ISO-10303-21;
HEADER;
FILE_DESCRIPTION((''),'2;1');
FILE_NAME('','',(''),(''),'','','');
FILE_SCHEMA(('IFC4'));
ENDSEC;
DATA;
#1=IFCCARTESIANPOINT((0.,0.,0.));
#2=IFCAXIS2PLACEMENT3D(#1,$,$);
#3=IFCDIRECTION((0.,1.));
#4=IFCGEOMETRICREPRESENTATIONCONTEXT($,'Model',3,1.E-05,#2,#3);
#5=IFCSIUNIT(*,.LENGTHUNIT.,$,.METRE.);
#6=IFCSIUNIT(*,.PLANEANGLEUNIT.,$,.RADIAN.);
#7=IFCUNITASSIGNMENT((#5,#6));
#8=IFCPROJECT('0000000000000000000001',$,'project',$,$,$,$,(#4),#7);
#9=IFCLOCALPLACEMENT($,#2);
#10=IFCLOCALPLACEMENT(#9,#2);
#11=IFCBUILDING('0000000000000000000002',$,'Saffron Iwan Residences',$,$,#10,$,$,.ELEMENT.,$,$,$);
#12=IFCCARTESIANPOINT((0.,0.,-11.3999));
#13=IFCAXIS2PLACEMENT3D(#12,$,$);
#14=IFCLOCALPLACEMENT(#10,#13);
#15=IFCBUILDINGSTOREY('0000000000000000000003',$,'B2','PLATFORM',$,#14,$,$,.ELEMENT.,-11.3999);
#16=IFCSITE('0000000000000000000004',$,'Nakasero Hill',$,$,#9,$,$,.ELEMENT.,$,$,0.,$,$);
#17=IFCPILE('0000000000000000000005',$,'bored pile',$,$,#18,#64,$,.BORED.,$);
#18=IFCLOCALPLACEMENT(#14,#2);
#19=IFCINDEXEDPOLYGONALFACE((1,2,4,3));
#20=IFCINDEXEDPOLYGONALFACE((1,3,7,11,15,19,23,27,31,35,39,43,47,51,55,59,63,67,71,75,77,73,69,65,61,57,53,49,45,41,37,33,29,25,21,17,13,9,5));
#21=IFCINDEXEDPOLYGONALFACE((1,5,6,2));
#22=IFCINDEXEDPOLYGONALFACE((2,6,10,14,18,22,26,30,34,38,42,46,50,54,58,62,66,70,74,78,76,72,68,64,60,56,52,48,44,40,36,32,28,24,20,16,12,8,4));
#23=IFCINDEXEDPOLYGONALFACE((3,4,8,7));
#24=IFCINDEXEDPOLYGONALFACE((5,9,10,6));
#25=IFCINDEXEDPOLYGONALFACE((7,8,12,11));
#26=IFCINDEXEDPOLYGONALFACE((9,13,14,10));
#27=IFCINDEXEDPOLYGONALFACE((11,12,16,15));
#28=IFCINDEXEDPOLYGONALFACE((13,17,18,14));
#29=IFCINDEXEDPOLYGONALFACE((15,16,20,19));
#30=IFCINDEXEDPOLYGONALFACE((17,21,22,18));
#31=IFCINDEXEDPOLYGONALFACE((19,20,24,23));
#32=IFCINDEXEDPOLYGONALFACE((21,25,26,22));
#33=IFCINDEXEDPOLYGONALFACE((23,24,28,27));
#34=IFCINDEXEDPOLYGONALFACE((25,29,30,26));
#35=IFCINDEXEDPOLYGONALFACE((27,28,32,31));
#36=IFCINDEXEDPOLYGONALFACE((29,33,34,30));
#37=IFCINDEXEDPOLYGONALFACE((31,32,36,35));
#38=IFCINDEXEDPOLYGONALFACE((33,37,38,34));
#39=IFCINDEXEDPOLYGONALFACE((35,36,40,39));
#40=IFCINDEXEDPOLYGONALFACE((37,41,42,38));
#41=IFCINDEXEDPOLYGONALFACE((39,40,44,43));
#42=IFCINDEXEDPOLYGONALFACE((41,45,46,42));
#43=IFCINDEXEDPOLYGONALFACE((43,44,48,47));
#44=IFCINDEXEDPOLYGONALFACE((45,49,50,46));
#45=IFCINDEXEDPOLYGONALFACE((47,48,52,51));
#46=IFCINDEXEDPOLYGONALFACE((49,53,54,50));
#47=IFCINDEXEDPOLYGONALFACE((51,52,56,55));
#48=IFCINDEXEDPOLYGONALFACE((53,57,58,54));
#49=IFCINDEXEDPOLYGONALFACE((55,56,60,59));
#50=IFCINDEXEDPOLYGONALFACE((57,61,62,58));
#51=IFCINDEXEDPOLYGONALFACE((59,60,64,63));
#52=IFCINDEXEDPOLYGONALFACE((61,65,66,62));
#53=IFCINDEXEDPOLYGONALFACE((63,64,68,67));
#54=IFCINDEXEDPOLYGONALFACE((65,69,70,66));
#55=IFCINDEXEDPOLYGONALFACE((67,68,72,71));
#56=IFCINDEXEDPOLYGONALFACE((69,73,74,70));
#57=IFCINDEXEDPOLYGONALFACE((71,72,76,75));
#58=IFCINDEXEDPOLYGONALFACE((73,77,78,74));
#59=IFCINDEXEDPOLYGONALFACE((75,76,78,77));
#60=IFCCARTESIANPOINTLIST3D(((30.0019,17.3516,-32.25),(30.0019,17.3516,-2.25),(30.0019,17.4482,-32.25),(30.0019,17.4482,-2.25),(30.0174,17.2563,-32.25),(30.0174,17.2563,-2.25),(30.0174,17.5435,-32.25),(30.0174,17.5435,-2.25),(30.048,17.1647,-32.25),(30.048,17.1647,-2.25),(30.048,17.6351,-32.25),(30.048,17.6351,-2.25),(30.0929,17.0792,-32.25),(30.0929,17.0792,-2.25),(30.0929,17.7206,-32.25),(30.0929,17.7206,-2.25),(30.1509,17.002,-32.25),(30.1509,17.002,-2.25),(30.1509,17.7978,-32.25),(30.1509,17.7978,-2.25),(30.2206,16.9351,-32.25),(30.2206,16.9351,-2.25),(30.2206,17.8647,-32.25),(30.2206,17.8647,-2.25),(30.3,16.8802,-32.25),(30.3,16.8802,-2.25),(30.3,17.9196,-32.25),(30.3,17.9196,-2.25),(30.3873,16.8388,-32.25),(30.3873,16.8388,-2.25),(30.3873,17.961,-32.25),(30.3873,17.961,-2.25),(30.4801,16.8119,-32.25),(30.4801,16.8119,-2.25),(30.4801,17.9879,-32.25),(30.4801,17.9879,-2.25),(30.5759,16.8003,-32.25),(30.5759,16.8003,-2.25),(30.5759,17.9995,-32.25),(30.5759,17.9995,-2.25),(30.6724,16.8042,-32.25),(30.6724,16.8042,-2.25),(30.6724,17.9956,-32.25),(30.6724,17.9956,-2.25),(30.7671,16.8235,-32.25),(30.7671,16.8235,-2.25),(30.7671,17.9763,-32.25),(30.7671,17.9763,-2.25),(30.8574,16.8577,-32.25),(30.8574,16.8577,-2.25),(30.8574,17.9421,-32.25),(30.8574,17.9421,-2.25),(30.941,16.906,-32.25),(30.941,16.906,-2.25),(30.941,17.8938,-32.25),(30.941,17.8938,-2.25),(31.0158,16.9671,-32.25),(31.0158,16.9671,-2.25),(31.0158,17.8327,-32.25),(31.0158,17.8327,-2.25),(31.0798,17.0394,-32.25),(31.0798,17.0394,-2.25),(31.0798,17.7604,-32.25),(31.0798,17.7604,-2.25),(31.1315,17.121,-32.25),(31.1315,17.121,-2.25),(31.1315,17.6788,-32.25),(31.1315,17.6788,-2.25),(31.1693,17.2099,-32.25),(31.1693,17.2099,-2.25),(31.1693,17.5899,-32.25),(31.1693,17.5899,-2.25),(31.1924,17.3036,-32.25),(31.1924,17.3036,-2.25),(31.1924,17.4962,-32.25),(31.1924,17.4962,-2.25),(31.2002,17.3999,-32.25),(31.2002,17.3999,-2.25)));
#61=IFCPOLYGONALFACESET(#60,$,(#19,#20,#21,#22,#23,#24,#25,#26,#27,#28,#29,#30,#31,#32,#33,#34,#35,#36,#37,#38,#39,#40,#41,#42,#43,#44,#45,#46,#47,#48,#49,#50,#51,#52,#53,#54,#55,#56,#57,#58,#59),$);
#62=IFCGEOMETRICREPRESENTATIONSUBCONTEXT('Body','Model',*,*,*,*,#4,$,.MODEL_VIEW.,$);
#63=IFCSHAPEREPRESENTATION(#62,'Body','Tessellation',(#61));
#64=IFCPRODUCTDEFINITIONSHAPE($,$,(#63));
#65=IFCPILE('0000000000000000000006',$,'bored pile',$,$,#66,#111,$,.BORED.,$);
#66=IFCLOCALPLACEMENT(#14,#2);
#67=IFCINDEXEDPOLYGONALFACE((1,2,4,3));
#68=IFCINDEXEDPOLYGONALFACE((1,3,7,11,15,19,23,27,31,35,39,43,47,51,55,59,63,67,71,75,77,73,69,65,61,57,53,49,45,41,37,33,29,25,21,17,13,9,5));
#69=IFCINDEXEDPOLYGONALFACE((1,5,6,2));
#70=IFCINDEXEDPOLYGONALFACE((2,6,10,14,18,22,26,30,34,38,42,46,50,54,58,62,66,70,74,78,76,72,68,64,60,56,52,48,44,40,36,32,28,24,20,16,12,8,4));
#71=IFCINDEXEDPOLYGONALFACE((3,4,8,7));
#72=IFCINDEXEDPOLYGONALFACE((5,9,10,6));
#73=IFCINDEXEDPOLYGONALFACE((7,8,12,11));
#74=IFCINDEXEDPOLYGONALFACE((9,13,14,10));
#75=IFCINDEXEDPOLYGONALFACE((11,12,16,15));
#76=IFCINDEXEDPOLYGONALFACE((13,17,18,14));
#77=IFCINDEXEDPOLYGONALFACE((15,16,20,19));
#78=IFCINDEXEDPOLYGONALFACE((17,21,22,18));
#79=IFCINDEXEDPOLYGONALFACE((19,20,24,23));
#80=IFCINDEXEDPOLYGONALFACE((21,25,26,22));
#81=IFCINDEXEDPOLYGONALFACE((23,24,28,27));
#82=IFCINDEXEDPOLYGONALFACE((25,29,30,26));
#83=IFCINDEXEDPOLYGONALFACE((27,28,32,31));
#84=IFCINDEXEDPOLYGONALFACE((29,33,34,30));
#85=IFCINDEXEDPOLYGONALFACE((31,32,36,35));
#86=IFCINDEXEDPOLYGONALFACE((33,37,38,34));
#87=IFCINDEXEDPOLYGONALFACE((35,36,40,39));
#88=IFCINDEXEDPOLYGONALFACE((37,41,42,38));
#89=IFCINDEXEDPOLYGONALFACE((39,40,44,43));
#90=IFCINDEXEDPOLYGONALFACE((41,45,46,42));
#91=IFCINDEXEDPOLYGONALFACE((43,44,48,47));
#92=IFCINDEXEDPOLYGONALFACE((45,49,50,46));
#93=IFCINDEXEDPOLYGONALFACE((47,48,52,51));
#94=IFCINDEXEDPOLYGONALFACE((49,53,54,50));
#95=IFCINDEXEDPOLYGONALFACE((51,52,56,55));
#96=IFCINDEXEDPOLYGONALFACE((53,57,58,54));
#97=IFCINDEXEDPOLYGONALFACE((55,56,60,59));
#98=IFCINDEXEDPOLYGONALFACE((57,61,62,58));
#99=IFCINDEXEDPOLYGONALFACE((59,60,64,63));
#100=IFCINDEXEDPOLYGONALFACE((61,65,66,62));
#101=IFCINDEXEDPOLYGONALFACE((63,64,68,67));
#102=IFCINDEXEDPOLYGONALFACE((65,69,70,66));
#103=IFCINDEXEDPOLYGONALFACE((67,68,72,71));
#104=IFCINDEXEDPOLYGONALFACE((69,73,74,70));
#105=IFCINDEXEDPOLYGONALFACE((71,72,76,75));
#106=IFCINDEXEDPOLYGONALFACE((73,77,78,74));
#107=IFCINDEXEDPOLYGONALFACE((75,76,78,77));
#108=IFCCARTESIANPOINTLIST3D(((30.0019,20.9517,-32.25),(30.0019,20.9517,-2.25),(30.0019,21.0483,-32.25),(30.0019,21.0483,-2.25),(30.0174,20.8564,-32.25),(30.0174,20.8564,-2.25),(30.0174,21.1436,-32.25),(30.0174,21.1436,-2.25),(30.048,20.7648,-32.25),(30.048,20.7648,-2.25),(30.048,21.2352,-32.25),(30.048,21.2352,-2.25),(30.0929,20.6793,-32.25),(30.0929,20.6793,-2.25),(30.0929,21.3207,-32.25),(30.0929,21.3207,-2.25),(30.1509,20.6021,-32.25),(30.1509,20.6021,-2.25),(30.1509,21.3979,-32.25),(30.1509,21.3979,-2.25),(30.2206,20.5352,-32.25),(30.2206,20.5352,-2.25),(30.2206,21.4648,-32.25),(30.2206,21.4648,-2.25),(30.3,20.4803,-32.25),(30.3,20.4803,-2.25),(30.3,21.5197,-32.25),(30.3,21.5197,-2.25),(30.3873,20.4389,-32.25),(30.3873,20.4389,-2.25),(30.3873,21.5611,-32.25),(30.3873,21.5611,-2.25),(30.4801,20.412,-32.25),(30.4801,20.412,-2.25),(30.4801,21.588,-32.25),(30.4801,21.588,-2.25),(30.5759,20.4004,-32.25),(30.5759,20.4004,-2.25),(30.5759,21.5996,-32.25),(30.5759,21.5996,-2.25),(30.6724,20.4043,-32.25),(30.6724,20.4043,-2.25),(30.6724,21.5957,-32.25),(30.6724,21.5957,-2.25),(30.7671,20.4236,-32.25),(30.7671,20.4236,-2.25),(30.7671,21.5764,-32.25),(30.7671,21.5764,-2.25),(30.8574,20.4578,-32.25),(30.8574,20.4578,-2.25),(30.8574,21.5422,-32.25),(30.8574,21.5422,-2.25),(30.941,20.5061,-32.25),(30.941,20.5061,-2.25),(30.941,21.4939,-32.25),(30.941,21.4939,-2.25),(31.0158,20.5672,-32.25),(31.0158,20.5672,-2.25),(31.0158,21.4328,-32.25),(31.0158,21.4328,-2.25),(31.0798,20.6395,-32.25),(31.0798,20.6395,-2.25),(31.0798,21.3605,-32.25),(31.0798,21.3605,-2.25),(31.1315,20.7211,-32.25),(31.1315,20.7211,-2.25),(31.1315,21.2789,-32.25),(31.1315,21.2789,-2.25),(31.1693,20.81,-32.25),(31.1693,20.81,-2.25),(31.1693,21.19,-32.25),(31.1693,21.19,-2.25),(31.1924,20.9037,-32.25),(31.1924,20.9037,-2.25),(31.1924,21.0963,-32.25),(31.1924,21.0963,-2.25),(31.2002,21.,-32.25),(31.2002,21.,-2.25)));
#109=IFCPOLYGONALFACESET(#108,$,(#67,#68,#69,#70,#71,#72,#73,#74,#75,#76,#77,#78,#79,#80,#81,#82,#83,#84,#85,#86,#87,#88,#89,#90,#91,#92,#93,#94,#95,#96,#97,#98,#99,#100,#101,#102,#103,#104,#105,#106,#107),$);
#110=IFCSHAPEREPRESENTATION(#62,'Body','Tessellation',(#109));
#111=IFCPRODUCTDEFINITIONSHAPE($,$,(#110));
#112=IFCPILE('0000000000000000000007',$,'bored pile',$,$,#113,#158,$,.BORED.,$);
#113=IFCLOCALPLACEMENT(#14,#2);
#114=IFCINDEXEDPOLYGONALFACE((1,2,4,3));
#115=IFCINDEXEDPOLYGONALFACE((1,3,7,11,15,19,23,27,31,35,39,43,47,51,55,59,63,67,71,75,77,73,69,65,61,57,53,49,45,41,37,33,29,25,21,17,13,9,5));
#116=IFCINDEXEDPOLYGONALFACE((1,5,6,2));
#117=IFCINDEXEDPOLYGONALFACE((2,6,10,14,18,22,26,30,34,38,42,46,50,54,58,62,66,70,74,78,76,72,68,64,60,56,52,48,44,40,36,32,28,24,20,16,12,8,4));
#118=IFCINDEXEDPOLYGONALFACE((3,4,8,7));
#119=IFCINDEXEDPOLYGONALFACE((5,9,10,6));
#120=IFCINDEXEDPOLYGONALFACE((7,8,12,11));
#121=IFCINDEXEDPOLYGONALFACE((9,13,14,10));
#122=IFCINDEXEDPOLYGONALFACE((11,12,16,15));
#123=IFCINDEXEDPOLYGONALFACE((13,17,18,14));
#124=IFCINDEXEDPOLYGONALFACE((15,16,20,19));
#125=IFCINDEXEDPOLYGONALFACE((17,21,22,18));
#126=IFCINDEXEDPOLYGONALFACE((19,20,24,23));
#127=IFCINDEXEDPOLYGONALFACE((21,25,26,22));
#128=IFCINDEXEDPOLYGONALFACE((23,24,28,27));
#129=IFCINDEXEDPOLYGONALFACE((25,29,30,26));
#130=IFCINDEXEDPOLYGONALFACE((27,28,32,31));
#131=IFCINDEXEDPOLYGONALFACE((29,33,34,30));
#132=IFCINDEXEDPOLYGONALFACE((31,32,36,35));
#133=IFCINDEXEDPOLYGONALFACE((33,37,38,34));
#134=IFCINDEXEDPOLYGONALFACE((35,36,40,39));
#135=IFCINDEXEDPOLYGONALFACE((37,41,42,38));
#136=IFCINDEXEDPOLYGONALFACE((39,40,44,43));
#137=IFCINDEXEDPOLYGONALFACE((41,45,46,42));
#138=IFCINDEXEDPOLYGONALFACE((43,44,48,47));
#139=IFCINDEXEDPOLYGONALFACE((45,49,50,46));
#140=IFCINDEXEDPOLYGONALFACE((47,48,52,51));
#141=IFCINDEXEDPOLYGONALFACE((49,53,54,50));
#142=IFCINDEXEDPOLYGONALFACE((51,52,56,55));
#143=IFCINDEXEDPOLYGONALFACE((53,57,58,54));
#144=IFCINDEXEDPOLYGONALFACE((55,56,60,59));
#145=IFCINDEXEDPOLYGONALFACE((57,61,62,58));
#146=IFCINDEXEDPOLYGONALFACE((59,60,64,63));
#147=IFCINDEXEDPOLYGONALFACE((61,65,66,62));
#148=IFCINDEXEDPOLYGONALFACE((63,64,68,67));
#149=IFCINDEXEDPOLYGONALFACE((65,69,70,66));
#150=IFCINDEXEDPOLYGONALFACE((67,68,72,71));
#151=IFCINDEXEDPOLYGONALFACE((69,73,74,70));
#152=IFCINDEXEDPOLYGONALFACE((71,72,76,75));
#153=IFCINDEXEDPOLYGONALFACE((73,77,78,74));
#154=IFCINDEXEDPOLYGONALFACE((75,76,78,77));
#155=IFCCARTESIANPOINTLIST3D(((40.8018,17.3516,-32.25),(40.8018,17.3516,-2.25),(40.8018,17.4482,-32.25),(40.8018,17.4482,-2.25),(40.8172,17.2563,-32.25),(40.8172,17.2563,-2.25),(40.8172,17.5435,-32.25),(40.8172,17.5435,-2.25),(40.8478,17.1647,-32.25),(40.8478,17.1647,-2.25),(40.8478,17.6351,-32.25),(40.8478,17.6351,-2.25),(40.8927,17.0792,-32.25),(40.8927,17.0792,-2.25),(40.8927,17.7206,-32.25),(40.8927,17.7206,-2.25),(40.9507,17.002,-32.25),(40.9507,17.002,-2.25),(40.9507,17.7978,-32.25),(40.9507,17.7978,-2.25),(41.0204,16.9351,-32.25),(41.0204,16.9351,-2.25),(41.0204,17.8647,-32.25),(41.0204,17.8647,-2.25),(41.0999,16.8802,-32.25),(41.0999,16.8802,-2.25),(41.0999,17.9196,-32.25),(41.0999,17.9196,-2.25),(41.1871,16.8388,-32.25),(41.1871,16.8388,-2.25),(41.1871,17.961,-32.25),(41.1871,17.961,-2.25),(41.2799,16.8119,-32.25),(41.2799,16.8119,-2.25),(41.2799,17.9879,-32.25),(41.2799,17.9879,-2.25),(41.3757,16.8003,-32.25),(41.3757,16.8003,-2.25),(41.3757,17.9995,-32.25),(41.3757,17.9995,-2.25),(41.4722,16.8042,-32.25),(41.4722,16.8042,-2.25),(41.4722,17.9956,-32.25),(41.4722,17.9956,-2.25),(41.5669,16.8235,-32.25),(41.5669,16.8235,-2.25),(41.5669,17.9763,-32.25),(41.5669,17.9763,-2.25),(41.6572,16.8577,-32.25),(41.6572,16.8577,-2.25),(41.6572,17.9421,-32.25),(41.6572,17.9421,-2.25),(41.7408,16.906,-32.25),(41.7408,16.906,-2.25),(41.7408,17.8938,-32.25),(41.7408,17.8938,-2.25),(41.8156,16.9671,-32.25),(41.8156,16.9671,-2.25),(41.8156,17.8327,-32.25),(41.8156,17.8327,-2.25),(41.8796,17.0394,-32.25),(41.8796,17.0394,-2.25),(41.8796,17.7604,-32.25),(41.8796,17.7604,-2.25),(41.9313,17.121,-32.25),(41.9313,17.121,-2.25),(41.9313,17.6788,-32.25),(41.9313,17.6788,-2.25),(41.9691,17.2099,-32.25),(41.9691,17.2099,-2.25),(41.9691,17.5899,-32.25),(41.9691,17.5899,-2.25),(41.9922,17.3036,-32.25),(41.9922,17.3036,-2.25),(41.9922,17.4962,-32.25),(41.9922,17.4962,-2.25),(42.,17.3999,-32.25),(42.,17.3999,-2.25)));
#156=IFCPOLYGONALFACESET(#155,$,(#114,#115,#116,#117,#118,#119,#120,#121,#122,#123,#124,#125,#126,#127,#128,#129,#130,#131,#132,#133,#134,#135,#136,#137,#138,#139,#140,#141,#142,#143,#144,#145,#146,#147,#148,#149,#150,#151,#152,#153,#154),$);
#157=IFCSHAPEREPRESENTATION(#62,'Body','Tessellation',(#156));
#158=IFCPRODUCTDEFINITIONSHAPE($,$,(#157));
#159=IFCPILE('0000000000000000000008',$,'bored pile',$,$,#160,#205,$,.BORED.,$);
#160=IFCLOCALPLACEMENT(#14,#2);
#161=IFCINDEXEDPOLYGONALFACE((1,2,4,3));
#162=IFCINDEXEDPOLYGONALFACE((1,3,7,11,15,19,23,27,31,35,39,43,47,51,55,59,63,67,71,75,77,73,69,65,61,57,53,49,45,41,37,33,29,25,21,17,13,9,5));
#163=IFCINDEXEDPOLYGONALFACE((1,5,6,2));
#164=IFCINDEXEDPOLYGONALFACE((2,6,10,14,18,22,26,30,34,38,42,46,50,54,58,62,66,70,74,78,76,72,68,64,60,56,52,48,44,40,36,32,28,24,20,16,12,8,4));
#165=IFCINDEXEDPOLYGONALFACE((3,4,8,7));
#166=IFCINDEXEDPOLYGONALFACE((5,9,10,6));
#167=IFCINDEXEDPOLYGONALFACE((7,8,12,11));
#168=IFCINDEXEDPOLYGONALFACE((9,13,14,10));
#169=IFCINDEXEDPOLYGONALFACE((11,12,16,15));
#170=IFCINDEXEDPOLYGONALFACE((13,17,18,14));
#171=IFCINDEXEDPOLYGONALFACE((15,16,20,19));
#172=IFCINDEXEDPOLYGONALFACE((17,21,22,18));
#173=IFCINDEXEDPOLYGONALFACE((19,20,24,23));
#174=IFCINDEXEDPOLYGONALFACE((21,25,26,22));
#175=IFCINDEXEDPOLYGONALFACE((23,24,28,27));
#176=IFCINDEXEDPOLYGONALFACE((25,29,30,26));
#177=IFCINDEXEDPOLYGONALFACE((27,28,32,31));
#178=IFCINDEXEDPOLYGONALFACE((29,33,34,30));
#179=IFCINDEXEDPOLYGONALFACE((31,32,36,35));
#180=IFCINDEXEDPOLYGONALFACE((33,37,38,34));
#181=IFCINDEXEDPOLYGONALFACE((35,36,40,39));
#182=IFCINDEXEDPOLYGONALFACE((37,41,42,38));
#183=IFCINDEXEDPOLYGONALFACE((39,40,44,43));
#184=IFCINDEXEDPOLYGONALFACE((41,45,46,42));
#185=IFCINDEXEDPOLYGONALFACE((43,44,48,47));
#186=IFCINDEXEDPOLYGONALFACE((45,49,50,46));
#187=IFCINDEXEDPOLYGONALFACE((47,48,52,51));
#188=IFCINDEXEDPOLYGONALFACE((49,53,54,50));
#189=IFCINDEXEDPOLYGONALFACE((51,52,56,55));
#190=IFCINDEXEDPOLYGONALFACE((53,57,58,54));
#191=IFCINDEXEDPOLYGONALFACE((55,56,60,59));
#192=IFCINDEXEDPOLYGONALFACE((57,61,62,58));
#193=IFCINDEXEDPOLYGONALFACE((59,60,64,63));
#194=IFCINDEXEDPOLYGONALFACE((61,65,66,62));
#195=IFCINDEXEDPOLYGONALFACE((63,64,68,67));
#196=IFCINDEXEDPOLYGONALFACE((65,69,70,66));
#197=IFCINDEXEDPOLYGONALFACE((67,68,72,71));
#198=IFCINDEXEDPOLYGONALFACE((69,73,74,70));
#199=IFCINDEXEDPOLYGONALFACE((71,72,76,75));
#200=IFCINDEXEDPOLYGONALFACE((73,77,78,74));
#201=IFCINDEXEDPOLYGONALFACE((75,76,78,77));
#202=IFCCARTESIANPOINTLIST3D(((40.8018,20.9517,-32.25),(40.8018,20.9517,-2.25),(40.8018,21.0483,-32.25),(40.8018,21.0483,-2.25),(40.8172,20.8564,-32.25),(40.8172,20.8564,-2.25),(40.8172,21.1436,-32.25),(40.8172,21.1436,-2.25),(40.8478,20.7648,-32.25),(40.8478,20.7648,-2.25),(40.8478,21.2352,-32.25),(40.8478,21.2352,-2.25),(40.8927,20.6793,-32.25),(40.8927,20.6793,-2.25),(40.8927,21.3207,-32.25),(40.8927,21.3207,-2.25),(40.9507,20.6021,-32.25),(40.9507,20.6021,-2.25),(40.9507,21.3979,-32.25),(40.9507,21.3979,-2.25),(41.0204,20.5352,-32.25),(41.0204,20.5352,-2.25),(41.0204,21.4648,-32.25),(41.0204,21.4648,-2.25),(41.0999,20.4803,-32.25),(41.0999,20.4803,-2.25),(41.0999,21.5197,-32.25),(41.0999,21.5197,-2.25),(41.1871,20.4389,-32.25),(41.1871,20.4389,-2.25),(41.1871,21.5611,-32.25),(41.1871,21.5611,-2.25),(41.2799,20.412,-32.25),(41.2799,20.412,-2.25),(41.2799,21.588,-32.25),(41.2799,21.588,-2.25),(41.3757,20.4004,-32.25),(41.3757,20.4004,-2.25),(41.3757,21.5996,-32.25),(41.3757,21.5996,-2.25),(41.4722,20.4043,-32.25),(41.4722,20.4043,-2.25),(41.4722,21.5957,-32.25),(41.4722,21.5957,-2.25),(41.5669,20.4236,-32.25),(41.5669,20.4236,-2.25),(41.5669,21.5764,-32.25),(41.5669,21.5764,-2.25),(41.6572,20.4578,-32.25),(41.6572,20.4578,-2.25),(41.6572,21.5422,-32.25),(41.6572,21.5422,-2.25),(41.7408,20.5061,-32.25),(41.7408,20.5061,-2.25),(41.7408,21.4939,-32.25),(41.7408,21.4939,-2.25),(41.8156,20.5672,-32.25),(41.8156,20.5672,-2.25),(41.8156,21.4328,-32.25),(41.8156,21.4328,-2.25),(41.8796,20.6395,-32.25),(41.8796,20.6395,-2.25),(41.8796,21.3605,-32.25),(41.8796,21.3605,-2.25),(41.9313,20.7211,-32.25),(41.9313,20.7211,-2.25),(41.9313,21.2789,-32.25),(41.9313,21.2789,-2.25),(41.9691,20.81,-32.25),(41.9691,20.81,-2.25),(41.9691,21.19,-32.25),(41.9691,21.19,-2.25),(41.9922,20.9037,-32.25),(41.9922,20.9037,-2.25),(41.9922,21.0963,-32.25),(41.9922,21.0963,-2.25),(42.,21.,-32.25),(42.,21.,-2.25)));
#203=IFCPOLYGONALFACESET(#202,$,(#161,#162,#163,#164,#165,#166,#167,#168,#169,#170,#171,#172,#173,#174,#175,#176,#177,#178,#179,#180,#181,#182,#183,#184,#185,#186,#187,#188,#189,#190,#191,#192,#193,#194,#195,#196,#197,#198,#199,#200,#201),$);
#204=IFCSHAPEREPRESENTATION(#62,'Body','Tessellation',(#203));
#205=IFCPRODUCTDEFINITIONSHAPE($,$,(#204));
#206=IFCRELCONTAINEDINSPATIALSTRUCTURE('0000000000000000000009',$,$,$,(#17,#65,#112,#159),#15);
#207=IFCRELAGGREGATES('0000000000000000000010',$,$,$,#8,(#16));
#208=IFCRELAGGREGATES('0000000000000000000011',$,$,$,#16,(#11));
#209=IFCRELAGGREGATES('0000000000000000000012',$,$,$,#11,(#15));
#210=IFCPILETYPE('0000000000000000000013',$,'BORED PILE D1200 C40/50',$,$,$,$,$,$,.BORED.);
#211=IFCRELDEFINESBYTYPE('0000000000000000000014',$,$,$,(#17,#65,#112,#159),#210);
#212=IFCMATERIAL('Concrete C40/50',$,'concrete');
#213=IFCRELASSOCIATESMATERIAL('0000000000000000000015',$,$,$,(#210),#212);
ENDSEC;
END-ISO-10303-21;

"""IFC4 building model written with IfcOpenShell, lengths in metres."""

from ifc_helpers import new_model, si_unit, direction, frame, origin, origin_2d, place, context, subcontext, project, spatial, circle, extrude, material, material_profile, profile_set, type_object, element, save


model = new_model("IFC4")

# Units and contexts
model_context = context("Model", 3, precision=1e-05, world=origin(), true_north=direction((0.0, 1.0)))
body_context = subcontext(model_context, "Body", "Model", "MODEL_VIEW")
ifc_project = project(units=[si_unit("LENGTHUNIT", "METRE"), si_unit("PLANEANGLEUNIT", "RADIAN")], contexts=[model_context])

# Site, building, storey
site_placement = place(None, origin())
site = spatial("IfcSite", under=ifc_project, at=site_placement, Name="Nakasero Hill", CompositionType="ELEMENT", RefElevation=0.0)
building_placement = place(site_placement, origin())
building = spatial("IfcBuilding", under=site, at=building_placement, Name="Saffron Iwan Residences", CompositionType="ELEMENT")
storey_placement = place(building_placement, frame((0.0, 0.0, -11.3999)))
storey = spatial("IfcBuildingStorey", under=building, at=storey_placement, Name="B2", Description="PLATFORM", CompositionType="ELEMENT", Elevation=-11.3999)

# Piles
ifc_material_1 = material(Name="Concrete C40/50", Category="concrete")
ifc_material_profile_1 = material_profile(ifc_material_1, circle(Radius=0.6001, at=origin_2d()), Name="RC D1200")
ifc_profile_set_1 = profile_set([ifc_material_profile_1], Name="Concrete C40/50")
pile_type_1 = type_object("IfcPileType", Name="BORED PILE D1200 C40/50", PredefinedType="BORED", material=ifc_profile_set_1)
for number, where, z_axis, x_axis, name in (
    (1, (30.6001, 17.3999, -2.25), (0.0, 0.0, -1.0), (1.0, 0.0, 0.0), "bored pile"),
    (2, (30.6001, 21.0, -2.25), (0.0, 0.0, -1.0), (1.0, 0.0, 0.0), "bored pile"),
    (3, (41.3999, 17.3999, -2.25), (0.0, 0.0, -1.0), (1.0, 0.0, 0.0), "bored pile"),
    (4, (41.3999, 21.0, -2.25), (0.0, 0.0, -1.0), (1.0, 0.0, 0.0), "bored pile"),
):
    element("IfcPile", number, at=place(storey_placement, frame(where, z_axis=z_axis, x_axis=x_axis)), inside=storey, type_object=pile_type_1, Name=name, PredefinedType="BORED", context=body_context, shape_type="SweptSolid", body=[
        extrude(circle(Radius=0.6001, at=origin_2d()), origin(), (0.0, 0.0, 1.0), 30.0),
    ])

save(model, "model.ifc")
